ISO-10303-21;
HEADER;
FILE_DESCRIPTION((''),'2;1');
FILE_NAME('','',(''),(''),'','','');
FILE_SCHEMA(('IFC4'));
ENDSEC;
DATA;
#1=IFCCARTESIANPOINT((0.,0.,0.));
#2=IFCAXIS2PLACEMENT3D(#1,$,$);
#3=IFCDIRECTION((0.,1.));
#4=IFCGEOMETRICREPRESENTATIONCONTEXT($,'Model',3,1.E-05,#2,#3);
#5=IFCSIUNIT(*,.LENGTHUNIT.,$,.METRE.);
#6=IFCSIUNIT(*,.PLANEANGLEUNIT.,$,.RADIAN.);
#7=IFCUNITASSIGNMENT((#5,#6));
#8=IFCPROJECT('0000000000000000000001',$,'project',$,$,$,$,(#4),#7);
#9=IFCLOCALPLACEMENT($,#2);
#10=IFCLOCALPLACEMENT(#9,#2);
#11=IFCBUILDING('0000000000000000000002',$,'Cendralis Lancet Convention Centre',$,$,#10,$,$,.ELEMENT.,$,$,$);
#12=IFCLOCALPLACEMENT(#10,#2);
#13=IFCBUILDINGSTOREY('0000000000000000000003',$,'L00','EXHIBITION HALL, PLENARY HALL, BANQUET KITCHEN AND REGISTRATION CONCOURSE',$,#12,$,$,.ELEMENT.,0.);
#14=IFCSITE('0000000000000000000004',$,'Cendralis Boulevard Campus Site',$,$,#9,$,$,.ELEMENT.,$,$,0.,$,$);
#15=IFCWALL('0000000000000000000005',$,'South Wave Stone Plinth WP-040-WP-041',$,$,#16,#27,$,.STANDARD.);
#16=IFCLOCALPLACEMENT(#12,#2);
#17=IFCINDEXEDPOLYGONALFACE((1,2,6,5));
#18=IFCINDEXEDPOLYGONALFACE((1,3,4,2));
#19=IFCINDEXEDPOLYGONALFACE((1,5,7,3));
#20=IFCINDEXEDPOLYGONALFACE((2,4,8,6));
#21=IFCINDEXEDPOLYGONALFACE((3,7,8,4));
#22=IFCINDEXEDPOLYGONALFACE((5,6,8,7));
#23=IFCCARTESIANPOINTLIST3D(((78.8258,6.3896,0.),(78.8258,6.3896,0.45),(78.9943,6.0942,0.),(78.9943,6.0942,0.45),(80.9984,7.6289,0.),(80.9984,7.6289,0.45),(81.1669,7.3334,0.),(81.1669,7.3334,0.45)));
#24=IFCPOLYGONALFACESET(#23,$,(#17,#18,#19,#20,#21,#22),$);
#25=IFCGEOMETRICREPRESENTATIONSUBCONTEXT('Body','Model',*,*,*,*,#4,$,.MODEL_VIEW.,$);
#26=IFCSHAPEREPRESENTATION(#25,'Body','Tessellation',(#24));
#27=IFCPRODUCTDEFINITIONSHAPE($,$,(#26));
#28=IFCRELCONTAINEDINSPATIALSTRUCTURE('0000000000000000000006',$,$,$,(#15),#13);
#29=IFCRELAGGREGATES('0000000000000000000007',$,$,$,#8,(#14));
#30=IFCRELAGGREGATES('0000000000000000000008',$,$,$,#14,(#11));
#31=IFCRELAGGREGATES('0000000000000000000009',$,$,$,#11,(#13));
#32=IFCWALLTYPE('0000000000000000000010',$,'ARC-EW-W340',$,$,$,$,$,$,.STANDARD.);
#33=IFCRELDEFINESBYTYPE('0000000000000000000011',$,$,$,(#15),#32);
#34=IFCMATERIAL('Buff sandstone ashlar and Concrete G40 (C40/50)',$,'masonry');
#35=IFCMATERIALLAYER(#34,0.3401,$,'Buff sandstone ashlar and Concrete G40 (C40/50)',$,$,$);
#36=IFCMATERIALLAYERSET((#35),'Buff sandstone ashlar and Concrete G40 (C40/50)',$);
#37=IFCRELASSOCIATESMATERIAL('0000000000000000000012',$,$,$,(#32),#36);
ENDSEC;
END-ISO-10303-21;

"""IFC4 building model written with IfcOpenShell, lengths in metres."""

from ifc_helpers import new_model, si_unit, direction, frame, frame_2d, origin, place, context, subcontext, project, spatial, rectangle, extrude, material, layer, layer_set, type_object, element, save


model = new_model("IFC4")

# Units and contexts
model_context = context("Model", 3, precision=1e-05, world=origin(), true_north=direction((0.0, 1.0)))
body_context = subcontext(model_context, "Body", "Model", "MODEL_VIEW")
ifc_project = project(units=[si_unit("LENGTHUNIT", "METRE"), si_unit("PLANEANGLEUNIT", "RADIAN")], contexts=[model_context])

# Site, building, storey
site_placement = place(None, origin())
site = spatial("IfcSite", under=ifc_project, at=site_placement, Name="Cendralis Boulevard Campus Site", CompositionType="ELEMENT", RefElevation=0.0)
building_placement = place(site_placement, origin())
building = spatial("IfcBuilding", under=site, at=building_placement, Name="Cendralis Lancet Convention Centre", CompositionType="ELEMENT")
storey_placement = place(building_placement, origin())
storey = spatial("IfcBuildingStorey", under=building, at=storey_placement, Name="L00", Description="EXHIBITION HALL, PLENARY HALL, BANQUET KITCHEN AND REGISTRATION CONCOURSE", CompositionType="ELEMENT", Elevation=0.0)

# Wall
ifc_material_1 = material(Name="Buff sandstone ashlar and Concrete G40 (C40/50)", Category="masonry")
ifc_layer_1 = layer(ifc_material_1, 0.3401, Name="Buff sandstone ashlar and Concrete G40 (C40/50)")
ifc_layer_set_1 = layer_set([ifc_layer_1], Name="Buff sandstone ashlar and Concrete G40 (C40/50)")
wall_type = type_object("IfcWallType", Name="ARC-EW-W340", PredefinedType="STANDARD", material=ifc_layer_set_1)
wall_1_placement = place(storey_placement, frame((78.9102, 6.2419, 0.0), z_axis=(0.0, 0.0, 1.0), x_axis=(0.868627, 0.495466, 0.0)))
element("IfcWall", 1, at=wall_1_placement, inside=storey, type_object=wall_type, Name="South Wave Stone Plinth WP-040-WP-041", PredefinedType="STANDARD", context=body_context, shape_type="SweptSolid", body=[
    extrude(rectangle(XDim=2.5012, YDim=0.3401, at=frame_2d((1.2505, 0.0))), origin(), (0.0, 0.0, 1.0), 0.45),
])

save(model, "model.ifc")
